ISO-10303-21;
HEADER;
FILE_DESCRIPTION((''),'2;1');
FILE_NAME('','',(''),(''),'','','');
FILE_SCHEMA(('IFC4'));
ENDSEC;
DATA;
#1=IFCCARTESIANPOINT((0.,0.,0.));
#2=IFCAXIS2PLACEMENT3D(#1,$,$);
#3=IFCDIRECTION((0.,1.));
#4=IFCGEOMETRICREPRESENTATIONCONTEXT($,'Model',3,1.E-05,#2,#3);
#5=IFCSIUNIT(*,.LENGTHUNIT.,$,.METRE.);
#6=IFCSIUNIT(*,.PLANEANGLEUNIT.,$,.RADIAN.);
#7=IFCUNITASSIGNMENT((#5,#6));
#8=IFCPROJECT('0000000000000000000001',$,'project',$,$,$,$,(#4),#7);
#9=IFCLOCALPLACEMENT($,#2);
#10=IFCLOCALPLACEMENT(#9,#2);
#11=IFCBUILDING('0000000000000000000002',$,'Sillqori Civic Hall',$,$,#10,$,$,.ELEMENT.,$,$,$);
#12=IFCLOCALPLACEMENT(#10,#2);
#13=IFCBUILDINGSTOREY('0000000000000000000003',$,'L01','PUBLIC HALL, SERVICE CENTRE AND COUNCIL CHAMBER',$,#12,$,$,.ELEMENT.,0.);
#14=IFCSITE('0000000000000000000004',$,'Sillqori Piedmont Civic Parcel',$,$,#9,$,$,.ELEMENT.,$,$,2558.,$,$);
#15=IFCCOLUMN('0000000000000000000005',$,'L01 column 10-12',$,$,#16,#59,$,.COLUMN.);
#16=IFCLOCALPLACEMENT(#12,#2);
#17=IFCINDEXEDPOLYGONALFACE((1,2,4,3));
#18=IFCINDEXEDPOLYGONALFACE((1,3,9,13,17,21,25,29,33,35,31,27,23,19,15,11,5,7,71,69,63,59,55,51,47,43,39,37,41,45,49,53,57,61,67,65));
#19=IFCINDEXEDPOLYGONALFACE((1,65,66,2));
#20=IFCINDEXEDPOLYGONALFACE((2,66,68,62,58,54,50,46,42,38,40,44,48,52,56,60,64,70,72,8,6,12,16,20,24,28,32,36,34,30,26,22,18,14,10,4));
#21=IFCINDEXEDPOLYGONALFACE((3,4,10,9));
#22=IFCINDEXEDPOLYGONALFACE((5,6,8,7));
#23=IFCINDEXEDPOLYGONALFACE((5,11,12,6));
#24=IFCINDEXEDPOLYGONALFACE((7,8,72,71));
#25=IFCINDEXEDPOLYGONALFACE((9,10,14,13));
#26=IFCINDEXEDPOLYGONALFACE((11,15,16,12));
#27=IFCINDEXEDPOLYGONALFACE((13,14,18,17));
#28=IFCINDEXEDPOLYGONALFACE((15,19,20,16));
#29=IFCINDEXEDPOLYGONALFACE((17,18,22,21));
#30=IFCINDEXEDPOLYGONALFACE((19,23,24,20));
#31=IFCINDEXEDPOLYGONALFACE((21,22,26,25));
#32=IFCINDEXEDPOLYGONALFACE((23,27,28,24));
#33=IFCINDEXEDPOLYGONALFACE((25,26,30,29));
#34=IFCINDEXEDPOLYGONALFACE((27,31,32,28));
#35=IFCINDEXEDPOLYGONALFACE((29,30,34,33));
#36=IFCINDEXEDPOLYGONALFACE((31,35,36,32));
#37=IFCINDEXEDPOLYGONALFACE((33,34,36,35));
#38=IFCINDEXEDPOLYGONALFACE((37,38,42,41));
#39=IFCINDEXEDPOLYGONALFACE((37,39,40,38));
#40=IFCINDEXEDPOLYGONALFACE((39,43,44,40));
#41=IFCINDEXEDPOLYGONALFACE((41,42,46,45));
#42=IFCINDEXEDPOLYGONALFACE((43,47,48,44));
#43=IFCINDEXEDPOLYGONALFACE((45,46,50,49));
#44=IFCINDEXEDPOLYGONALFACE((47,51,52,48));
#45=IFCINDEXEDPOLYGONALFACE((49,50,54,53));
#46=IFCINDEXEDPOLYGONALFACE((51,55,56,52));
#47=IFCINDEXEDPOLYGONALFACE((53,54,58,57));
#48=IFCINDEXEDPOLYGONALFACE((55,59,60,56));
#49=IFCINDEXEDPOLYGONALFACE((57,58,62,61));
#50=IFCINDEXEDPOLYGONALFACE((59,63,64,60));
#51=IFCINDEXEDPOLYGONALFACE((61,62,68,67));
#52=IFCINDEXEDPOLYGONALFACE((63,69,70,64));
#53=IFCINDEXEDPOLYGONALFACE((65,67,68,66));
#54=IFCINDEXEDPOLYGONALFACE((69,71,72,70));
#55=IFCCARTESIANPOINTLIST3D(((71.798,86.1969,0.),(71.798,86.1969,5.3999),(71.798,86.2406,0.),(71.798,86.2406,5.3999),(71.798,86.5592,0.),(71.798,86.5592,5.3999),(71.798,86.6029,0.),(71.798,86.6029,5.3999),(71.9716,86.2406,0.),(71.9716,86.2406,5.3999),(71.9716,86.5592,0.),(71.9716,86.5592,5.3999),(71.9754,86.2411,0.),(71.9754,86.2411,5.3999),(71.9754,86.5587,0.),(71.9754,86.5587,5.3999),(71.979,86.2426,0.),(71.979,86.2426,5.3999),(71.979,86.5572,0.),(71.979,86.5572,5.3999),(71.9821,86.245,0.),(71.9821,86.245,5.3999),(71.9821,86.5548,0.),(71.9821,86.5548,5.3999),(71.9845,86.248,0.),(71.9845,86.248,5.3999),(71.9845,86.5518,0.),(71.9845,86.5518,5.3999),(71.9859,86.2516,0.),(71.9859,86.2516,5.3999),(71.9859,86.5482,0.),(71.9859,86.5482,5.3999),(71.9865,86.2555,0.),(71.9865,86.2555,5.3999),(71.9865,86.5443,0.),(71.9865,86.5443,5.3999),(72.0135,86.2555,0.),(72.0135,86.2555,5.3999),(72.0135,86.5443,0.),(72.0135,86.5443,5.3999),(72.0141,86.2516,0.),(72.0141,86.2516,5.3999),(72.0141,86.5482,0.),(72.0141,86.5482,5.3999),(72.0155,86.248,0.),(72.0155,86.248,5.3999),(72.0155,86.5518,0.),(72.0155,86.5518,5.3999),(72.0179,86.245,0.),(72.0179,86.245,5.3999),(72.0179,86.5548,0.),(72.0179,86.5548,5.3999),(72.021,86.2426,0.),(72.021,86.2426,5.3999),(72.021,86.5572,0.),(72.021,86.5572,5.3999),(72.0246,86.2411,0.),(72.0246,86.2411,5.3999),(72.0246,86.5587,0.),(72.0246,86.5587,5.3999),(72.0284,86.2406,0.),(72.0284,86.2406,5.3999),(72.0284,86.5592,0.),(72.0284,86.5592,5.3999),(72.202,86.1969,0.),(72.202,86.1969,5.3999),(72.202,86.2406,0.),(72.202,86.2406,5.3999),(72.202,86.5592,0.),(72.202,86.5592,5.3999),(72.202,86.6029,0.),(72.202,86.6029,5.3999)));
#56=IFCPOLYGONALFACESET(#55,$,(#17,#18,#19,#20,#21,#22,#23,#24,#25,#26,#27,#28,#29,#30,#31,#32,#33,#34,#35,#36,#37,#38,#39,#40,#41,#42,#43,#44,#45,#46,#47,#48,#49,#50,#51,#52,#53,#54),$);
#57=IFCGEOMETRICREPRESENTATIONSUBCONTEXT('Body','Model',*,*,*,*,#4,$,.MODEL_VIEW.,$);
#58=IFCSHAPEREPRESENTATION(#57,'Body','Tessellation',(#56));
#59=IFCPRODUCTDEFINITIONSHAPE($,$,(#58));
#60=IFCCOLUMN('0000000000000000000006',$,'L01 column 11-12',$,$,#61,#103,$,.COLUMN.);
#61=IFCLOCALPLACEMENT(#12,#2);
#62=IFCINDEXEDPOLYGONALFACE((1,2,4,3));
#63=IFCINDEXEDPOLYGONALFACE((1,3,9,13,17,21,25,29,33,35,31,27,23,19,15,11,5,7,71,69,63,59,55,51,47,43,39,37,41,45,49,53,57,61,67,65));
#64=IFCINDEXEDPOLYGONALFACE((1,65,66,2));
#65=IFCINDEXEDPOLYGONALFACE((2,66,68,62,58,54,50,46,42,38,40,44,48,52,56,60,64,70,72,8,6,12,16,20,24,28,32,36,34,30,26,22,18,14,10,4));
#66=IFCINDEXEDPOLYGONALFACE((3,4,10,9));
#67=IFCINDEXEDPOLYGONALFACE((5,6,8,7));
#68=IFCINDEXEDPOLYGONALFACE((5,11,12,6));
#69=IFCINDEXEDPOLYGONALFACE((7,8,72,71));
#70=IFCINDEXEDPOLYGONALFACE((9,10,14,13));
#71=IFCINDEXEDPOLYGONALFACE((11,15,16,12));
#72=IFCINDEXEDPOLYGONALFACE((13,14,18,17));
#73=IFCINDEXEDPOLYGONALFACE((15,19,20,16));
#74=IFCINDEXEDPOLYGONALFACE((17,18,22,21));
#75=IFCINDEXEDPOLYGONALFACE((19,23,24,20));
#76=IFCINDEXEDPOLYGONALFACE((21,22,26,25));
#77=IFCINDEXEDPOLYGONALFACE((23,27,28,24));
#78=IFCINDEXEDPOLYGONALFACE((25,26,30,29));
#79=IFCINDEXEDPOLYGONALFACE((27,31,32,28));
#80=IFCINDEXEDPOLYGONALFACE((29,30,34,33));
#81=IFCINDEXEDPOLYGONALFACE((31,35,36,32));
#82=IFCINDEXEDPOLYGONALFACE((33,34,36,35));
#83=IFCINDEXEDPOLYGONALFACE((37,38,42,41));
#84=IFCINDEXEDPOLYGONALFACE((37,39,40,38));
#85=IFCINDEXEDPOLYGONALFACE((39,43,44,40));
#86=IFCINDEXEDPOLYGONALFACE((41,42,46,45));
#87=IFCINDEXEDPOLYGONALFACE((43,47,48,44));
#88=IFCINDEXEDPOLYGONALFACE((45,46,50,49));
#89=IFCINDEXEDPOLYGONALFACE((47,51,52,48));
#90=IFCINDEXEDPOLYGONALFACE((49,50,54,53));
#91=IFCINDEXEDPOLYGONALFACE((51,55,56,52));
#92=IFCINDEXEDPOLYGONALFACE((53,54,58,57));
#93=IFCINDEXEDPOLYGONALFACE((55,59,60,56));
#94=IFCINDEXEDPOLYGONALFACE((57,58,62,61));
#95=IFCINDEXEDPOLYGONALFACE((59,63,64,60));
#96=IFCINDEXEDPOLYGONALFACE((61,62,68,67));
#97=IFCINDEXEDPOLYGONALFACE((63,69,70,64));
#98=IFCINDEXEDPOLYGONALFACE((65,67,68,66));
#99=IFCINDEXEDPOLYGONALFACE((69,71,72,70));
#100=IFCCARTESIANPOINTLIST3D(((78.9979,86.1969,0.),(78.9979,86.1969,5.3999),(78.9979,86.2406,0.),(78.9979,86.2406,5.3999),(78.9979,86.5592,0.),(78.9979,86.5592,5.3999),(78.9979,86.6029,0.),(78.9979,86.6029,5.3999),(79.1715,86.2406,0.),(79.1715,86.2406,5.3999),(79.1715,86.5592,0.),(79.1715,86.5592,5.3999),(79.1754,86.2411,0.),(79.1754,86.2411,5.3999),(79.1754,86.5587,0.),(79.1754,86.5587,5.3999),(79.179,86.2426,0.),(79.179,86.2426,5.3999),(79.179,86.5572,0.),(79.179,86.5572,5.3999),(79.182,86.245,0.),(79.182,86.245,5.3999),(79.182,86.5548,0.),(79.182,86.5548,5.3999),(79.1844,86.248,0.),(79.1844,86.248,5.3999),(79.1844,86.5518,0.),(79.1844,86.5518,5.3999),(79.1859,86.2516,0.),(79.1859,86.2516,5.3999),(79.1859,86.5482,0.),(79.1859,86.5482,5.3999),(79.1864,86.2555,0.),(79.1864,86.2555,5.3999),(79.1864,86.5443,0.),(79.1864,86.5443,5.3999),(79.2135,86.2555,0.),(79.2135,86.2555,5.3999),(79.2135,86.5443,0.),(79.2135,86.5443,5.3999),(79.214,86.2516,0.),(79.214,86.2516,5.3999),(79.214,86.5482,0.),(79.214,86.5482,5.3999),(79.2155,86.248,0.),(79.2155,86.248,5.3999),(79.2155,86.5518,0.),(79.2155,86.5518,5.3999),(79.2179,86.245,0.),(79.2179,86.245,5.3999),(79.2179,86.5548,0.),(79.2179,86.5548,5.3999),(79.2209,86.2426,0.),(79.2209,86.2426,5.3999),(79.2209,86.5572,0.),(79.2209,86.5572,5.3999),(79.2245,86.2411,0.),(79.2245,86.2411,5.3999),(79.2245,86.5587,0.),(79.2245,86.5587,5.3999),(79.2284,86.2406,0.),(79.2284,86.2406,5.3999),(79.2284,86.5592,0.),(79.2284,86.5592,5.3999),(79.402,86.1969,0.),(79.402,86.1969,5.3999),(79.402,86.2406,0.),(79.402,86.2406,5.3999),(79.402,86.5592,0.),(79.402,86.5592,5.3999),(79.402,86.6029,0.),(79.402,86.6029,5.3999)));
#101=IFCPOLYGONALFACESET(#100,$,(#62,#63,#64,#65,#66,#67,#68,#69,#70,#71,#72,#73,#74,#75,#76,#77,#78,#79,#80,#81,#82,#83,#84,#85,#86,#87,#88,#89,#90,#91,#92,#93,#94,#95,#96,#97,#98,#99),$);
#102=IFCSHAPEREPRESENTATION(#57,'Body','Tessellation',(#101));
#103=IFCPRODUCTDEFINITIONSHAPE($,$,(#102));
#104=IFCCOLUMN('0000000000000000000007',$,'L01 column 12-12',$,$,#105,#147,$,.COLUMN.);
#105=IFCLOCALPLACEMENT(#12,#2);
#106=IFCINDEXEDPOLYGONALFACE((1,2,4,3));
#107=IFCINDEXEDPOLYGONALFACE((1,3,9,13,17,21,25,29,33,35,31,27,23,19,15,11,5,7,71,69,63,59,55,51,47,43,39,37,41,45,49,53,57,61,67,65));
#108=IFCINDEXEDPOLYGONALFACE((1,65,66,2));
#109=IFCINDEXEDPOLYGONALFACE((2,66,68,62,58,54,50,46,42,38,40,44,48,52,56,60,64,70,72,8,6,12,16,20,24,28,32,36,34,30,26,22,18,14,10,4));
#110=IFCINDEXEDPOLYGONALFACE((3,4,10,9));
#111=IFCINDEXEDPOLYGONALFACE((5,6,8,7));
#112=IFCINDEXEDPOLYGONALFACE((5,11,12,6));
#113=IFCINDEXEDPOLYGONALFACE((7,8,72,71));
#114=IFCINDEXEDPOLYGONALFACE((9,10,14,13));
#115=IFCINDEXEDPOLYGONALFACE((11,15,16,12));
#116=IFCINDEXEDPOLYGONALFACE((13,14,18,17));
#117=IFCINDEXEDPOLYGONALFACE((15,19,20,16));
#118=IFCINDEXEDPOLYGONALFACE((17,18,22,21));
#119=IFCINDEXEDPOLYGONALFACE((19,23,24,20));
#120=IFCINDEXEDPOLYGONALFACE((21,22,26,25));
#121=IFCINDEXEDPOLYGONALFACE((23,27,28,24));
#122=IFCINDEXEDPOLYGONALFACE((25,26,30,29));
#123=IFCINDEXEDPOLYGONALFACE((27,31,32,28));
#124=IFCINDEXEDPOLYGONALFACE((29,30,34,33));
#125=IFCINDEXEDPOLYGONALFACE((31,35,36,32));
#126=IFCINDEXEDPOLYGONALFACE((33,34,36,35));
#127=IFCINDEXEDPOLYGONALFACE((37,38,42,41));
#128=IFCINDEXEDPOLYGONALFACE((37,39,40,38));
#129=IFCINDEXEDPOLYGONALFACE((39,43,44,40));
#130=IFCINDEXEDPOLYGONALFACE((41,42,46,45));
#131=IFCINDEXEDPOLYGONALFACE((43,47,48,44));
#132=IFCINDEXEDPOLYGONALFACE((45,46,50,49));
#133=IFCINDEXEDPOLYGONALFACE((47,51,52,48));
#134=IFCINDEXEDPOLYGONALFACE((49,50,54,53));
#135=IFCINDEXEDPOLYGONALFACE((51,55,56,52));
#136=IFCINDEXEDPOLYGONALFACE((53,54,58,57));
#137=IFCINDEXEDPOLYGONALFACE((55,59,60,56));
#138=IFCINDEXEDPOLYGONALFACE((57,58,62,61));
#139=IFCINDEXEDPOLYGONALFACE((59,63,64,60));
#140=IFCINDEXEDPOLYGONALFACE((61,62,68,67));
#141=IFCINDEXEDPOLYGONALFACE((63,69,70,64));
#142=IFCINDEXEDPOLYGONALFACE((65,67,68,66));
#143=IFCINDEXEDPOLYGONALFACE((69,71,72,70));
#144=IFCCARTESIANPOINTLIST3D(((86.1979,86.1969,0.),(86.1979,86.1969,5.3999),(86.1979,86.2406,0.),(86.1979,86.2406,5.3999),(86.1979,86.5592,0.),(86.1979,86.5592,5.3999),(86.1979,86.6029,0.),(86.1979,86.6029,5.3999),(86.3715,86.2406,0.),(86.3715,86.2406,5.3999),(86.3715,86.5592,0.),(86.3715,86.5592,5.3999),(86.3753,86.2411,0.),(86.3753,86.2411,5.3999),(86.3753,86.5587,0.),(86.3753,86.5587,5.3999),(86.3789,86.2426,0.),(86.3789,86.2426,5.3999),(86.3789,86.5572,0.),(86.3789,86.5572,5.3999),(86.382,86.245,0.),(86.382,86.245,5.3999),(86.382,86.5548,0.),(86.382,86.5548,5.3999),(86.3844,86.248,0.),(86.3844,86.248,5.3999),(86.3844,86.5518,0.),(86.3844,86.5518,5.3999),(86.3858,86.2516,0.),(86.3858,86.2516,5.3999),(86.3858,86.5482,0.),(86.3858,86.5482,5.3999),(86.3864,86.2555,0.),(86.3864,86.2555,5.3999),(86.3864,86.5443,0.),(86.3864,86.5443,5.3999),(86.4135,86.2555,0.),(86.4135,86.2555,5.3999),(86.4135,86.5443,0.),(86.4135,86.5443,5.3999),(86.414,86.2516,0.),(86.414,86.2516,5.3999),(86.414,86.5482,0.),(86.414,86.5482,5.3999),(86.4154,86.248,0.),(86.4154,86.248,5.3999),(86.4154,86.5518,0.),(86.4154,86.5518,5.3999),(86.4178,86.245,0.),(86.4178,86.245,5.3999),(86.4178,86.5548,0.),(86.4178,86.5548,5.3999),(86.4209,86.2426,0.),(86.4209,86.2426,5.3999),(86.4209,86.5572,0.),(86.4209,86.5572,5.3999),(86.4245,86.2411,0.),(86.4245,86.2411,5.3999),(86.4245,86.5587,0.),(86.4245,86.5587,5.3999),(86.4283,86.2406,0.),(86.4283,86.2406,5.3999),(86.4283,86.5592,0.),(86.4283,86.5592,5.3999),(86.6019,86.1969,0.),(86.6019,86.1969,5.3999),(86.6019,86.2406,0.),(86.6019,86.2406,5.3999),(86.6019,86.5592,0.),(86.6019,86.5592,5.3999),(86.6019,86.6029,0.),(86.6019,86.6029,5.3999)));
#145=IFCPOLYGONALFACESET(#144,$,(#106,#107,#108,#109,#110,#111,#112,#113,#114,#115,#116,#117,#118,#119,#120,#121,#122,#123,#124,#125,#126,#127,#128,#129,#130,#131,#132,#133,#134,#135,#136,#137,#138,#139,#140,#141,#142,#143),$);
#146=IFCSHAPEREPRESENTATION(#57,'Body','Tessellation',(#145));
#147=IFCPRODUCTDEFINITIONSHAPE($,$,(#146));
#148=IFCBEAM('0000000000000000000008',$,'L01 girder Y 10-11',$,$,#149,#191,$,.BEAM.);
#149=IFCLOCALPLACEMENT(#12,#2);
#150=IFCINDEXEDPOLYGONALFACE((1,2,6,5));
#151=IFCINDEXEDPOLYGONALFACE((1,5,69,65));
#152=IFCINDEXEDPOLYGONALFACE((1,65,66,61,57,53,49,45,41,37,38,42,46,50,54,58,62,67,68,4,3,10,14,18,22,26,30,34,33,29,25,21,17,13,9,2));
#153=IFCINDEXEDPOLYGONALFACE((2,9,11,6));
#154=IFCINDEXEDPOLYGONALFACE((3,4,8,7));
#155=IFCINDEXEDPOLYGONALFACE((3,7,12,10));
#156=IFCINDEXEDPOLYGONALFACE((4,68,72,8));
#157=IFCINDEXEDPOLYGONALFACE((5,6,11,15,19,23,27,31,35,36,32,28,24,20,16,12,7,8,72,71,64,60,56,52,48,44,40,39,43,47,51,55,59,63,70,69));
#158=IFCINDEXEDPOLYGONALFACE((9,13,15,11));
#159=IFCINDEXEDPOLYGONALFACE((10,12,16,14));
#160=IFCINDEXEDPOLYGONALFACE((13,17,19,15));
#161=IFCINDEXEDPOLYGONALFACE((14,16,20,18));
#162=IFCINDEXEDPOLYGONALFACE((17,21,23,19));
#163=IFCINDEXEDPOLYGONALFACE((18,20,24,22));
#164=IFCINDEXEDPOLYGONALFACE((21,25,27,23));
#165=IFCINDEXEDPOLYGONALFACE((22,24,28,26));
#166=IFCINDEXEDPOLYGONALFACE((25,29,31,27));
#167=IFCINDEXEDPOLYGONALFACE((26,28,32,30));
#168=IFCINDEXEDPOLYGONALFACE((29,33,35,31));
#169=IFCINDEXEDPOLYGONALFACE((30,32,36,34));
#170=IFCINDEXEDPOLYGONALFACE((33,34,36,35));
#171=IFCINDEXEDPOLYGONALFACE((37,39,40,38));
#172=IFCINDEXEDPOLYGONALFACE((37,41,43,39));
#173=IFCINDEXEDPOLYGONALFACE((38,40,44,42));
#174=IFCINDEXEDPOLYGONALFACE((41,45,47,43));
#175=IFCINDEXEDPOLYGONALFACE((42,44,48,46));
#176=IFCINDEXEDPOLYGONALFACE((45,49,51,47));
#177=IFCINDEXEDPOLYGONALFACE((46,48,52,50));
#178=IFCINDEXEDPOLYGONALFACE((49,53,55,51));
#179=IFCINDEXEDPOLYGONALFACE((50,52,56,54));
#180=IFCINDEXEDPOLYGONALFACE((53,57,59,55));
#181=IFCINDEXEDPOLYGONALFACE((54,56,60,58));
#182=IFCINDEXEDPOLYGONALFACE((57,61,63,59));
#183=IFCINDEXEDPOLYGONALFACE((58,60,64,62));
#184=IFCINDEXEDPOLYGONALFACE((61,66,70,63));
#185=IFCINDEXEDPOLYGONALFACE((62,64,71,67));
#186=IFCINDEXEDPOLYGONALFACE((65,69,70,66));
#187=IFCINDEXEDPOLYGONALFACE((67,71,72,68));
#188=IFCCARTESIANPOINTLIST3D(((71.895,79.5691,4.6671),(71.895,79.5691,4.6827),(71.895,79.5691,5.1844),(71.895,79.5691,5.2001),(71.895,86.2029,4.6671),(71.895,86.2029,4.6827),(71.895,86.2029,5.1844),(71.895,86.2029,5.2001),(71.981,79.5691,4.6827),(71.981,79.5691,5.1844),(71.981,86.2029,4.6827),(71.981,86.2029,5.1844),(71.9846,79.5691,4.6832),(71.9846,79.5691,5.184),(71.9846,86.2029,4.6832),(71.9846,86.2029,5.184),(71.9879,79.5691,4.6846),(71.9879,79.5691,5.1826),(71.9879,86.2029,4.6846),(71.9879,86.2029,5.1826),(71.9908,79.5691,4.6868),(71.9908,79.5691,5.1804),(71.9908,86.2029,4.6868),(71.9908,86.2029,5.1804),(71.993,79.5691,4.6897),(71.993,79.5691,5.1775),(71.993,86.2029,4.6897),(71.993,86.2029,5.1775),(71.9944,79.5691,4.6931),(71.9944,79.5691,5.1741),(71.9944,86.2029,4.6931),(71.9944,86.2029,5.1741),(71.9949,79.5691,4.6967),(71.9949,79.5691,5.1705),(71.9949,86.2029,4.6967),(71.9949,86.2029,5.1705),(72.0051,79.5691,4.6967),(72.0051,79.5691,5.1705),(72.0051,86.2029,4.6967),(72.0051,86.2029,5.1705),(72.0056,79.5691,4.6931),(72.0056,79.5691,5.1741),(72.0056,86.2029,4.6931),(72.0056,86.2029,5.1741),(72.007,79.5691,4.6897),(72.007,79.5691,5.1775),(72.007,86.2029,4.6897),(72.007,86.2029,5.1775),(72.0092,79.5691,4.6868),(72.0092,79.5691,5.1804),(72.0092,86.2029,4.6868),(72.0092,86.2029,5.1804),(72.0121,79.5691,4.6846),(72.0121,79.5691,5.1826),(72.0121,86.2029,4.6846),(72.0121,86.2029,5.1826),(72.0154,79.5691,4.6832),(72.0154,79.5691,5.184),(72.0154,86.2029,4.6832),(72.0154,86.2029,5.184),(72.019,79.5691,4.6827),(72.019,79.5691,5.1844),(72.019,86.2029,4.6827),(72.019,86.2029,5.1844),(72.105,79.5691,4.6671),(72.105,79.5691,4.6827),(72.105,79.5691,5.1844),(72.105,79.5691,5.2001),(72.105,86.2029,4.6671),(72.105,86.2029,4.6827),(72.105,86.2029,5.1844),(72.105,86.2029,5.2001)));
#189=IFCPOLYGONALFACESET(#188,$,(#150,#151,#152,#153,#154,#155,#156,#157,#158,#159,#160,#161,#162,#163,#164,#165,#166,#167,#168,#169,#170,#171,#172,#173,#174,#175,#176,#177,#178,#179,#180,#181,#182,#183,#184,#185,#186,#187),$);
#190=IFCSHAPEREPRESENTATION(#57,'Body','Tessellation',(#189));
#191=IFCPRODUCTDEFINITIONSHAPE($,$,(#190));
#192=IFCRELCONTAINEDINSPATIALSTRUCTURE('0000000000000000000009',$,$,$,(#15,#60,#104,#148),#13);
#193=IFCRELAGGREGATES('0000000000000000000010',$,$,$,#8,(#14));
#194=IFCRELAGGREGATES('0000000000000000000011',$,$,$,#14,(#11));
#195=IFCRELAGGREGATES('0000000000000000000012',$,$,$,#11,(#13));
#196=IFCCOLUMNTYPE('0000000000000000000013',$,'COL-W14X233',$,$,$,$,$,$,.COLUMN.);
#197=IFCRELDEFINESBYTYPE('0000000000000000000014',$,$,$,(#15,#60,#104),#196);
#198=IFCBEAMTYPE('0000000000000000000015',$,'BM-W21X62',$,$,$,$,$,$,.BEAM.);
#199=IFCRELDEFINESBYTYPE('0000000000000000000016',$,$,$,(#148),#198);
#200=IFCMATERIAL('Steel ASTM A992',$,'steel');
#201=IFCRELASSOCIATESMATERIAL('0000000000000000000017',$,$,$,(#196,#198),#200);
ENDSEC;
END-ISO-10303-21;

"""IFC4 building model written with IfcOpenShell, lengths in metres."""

from ifc_helpers import new_model, si_unit, direction, frame, origin, origin_2d, place, context, subcontext, project, spatial, i_section, extrude, material, material_profile, profile_set, type_object, element, save


model = new_model("IFC4")

# Units and contexts
model_context = context("Model", 3, precision=1e-05, world=origin(), true_north=direction((0.0, 1.0)))
body_context = subcontext(model_context, "Body", "Model", "MODEL_VIEW")
ifc_project = project(units=[si_unit("LENGTHUNIT", "METRE"), si_unit("PLANEANGLEUNIT", "RADIAN")], contexts=[model_context])

# Site, building, storey
site_placement = place(None, origin())
site = spatial("IfcSite", under=ifc_project, at=site_placement, Name="Sillqori Piedmont Civic Parcel", CompositionType="ELEMENT", RefElevation=2558.0)
building_placement = place(site_placement, origin())
building = spatial("IfcBuilding", under=site, at=building_placement, Name="Sillqori Civic Hall", CompositionType="ELEMENT")
storey_placement = place(building_placement, origin())
storey = spatial("IfcBuildingStorey", under=building, at=storey_placement, Name="L01", Description="PUBLIC HALL, SERVICE CENTRE AND COUNCIL CHAMBER", CompositionType="ELEMENT", Elevation=0.0)

# Columns
ifc_material_1 = material(Name="Steel ASTM A992", Category="steel")
ifc_material_profile_1 = material_profile(ifc_material_1, i_section(OverallWidth=0.4041, OverallDepth=0.406, WebThickness=0.0271, FlangeThickness=0.0437, FilletRadius=0.0149, at=origin_2d()), Name="W14X233")
ifc_profile_set_1 = profile_set([ifc_material_profile_1], Name="Steel ASTM A992")
column_type = type_object("IfcColumnType", Name="COL-W14X233", PredefinedType="COLUMN", material=ifc_profile_set_1)
for number, where, z_axis, x_axis, name in (
    (1, (72.0, 86.3999, 0.0), (0.0, 0.0, 1.0), (1.0, 0.0, 0.0), "L01 column 10-12"),
    (2, (79.2, 86.3999, 0.0), (0.0, 0.0, 1.0), (1.0, 0.0, 0.0), "L01 column 11-12"),
    (3, (86.3999, 86.3999, 0.0), (0.0, 0.0, 1.0), (1.0, 0.0, 0.0), "L01 column 12-12"),
):
    element("IfcColumn", number, at=place(storey_placement, frame(where, z_axis=z_axis, x_axis=x_axis)), inside=storey, type_object=column_type, Name=name, PredefinedType="COLUMN", context=body_context, shape_type="SweptSolid", body=[
        extrude(i_section(OverallWidth=0.4041, OverallDepth=0.406, WebThickness=0.0271, FlangeThickness=0.0437, FilletRadius=0.0149, at=origin_2d()), origin(), (0.0, 0.0, 1.0), 5.3999),
    ])

# Beam
ifc_material_profile_2 = material_profile(ifc_material_1, i_section(OverallWidth=0.21, OverallDepth=0.533, WebThickness=0.0103, FlangeThickness=0.0156, FilletRadius=0.0139, at=origin_2d()), Name="W21X62")
ifc_profile_set_2 = profile_set([ifc_material_profile_2], Name="Steel ASTM A992")
beam_type_1 = type_object("IfcBeamType", Name="BM-W21X62", PredefinedType="BEAM", material=ifc_profile_set_2)
beam_1_placement = place(storey_placement, frame((72.0, 79.5691, 4.9336), z_axis=(0.0, 1.0, 0.0), x_axis=(-1.0, 0.0, 0.0)))
element("IfcBeam", 4, at=beam_1_placement, inside=storey, type_object=beam_type_1, Name="L01 girder Y 10-11", PredefinedType="BEAM", context=body_context, shape_type="SweptSolid", body=[
    extrude(i_section(OverallWidth=0.21, OverallDepth=0.533, WebThickness=0.0103, FlangeThickness=0.0156, FilletRadius=0.0139, at=origin_2d()), origin(), (0.0, 0.0, 1.0), 6.6338),
])

save(model, "model.ifc")
